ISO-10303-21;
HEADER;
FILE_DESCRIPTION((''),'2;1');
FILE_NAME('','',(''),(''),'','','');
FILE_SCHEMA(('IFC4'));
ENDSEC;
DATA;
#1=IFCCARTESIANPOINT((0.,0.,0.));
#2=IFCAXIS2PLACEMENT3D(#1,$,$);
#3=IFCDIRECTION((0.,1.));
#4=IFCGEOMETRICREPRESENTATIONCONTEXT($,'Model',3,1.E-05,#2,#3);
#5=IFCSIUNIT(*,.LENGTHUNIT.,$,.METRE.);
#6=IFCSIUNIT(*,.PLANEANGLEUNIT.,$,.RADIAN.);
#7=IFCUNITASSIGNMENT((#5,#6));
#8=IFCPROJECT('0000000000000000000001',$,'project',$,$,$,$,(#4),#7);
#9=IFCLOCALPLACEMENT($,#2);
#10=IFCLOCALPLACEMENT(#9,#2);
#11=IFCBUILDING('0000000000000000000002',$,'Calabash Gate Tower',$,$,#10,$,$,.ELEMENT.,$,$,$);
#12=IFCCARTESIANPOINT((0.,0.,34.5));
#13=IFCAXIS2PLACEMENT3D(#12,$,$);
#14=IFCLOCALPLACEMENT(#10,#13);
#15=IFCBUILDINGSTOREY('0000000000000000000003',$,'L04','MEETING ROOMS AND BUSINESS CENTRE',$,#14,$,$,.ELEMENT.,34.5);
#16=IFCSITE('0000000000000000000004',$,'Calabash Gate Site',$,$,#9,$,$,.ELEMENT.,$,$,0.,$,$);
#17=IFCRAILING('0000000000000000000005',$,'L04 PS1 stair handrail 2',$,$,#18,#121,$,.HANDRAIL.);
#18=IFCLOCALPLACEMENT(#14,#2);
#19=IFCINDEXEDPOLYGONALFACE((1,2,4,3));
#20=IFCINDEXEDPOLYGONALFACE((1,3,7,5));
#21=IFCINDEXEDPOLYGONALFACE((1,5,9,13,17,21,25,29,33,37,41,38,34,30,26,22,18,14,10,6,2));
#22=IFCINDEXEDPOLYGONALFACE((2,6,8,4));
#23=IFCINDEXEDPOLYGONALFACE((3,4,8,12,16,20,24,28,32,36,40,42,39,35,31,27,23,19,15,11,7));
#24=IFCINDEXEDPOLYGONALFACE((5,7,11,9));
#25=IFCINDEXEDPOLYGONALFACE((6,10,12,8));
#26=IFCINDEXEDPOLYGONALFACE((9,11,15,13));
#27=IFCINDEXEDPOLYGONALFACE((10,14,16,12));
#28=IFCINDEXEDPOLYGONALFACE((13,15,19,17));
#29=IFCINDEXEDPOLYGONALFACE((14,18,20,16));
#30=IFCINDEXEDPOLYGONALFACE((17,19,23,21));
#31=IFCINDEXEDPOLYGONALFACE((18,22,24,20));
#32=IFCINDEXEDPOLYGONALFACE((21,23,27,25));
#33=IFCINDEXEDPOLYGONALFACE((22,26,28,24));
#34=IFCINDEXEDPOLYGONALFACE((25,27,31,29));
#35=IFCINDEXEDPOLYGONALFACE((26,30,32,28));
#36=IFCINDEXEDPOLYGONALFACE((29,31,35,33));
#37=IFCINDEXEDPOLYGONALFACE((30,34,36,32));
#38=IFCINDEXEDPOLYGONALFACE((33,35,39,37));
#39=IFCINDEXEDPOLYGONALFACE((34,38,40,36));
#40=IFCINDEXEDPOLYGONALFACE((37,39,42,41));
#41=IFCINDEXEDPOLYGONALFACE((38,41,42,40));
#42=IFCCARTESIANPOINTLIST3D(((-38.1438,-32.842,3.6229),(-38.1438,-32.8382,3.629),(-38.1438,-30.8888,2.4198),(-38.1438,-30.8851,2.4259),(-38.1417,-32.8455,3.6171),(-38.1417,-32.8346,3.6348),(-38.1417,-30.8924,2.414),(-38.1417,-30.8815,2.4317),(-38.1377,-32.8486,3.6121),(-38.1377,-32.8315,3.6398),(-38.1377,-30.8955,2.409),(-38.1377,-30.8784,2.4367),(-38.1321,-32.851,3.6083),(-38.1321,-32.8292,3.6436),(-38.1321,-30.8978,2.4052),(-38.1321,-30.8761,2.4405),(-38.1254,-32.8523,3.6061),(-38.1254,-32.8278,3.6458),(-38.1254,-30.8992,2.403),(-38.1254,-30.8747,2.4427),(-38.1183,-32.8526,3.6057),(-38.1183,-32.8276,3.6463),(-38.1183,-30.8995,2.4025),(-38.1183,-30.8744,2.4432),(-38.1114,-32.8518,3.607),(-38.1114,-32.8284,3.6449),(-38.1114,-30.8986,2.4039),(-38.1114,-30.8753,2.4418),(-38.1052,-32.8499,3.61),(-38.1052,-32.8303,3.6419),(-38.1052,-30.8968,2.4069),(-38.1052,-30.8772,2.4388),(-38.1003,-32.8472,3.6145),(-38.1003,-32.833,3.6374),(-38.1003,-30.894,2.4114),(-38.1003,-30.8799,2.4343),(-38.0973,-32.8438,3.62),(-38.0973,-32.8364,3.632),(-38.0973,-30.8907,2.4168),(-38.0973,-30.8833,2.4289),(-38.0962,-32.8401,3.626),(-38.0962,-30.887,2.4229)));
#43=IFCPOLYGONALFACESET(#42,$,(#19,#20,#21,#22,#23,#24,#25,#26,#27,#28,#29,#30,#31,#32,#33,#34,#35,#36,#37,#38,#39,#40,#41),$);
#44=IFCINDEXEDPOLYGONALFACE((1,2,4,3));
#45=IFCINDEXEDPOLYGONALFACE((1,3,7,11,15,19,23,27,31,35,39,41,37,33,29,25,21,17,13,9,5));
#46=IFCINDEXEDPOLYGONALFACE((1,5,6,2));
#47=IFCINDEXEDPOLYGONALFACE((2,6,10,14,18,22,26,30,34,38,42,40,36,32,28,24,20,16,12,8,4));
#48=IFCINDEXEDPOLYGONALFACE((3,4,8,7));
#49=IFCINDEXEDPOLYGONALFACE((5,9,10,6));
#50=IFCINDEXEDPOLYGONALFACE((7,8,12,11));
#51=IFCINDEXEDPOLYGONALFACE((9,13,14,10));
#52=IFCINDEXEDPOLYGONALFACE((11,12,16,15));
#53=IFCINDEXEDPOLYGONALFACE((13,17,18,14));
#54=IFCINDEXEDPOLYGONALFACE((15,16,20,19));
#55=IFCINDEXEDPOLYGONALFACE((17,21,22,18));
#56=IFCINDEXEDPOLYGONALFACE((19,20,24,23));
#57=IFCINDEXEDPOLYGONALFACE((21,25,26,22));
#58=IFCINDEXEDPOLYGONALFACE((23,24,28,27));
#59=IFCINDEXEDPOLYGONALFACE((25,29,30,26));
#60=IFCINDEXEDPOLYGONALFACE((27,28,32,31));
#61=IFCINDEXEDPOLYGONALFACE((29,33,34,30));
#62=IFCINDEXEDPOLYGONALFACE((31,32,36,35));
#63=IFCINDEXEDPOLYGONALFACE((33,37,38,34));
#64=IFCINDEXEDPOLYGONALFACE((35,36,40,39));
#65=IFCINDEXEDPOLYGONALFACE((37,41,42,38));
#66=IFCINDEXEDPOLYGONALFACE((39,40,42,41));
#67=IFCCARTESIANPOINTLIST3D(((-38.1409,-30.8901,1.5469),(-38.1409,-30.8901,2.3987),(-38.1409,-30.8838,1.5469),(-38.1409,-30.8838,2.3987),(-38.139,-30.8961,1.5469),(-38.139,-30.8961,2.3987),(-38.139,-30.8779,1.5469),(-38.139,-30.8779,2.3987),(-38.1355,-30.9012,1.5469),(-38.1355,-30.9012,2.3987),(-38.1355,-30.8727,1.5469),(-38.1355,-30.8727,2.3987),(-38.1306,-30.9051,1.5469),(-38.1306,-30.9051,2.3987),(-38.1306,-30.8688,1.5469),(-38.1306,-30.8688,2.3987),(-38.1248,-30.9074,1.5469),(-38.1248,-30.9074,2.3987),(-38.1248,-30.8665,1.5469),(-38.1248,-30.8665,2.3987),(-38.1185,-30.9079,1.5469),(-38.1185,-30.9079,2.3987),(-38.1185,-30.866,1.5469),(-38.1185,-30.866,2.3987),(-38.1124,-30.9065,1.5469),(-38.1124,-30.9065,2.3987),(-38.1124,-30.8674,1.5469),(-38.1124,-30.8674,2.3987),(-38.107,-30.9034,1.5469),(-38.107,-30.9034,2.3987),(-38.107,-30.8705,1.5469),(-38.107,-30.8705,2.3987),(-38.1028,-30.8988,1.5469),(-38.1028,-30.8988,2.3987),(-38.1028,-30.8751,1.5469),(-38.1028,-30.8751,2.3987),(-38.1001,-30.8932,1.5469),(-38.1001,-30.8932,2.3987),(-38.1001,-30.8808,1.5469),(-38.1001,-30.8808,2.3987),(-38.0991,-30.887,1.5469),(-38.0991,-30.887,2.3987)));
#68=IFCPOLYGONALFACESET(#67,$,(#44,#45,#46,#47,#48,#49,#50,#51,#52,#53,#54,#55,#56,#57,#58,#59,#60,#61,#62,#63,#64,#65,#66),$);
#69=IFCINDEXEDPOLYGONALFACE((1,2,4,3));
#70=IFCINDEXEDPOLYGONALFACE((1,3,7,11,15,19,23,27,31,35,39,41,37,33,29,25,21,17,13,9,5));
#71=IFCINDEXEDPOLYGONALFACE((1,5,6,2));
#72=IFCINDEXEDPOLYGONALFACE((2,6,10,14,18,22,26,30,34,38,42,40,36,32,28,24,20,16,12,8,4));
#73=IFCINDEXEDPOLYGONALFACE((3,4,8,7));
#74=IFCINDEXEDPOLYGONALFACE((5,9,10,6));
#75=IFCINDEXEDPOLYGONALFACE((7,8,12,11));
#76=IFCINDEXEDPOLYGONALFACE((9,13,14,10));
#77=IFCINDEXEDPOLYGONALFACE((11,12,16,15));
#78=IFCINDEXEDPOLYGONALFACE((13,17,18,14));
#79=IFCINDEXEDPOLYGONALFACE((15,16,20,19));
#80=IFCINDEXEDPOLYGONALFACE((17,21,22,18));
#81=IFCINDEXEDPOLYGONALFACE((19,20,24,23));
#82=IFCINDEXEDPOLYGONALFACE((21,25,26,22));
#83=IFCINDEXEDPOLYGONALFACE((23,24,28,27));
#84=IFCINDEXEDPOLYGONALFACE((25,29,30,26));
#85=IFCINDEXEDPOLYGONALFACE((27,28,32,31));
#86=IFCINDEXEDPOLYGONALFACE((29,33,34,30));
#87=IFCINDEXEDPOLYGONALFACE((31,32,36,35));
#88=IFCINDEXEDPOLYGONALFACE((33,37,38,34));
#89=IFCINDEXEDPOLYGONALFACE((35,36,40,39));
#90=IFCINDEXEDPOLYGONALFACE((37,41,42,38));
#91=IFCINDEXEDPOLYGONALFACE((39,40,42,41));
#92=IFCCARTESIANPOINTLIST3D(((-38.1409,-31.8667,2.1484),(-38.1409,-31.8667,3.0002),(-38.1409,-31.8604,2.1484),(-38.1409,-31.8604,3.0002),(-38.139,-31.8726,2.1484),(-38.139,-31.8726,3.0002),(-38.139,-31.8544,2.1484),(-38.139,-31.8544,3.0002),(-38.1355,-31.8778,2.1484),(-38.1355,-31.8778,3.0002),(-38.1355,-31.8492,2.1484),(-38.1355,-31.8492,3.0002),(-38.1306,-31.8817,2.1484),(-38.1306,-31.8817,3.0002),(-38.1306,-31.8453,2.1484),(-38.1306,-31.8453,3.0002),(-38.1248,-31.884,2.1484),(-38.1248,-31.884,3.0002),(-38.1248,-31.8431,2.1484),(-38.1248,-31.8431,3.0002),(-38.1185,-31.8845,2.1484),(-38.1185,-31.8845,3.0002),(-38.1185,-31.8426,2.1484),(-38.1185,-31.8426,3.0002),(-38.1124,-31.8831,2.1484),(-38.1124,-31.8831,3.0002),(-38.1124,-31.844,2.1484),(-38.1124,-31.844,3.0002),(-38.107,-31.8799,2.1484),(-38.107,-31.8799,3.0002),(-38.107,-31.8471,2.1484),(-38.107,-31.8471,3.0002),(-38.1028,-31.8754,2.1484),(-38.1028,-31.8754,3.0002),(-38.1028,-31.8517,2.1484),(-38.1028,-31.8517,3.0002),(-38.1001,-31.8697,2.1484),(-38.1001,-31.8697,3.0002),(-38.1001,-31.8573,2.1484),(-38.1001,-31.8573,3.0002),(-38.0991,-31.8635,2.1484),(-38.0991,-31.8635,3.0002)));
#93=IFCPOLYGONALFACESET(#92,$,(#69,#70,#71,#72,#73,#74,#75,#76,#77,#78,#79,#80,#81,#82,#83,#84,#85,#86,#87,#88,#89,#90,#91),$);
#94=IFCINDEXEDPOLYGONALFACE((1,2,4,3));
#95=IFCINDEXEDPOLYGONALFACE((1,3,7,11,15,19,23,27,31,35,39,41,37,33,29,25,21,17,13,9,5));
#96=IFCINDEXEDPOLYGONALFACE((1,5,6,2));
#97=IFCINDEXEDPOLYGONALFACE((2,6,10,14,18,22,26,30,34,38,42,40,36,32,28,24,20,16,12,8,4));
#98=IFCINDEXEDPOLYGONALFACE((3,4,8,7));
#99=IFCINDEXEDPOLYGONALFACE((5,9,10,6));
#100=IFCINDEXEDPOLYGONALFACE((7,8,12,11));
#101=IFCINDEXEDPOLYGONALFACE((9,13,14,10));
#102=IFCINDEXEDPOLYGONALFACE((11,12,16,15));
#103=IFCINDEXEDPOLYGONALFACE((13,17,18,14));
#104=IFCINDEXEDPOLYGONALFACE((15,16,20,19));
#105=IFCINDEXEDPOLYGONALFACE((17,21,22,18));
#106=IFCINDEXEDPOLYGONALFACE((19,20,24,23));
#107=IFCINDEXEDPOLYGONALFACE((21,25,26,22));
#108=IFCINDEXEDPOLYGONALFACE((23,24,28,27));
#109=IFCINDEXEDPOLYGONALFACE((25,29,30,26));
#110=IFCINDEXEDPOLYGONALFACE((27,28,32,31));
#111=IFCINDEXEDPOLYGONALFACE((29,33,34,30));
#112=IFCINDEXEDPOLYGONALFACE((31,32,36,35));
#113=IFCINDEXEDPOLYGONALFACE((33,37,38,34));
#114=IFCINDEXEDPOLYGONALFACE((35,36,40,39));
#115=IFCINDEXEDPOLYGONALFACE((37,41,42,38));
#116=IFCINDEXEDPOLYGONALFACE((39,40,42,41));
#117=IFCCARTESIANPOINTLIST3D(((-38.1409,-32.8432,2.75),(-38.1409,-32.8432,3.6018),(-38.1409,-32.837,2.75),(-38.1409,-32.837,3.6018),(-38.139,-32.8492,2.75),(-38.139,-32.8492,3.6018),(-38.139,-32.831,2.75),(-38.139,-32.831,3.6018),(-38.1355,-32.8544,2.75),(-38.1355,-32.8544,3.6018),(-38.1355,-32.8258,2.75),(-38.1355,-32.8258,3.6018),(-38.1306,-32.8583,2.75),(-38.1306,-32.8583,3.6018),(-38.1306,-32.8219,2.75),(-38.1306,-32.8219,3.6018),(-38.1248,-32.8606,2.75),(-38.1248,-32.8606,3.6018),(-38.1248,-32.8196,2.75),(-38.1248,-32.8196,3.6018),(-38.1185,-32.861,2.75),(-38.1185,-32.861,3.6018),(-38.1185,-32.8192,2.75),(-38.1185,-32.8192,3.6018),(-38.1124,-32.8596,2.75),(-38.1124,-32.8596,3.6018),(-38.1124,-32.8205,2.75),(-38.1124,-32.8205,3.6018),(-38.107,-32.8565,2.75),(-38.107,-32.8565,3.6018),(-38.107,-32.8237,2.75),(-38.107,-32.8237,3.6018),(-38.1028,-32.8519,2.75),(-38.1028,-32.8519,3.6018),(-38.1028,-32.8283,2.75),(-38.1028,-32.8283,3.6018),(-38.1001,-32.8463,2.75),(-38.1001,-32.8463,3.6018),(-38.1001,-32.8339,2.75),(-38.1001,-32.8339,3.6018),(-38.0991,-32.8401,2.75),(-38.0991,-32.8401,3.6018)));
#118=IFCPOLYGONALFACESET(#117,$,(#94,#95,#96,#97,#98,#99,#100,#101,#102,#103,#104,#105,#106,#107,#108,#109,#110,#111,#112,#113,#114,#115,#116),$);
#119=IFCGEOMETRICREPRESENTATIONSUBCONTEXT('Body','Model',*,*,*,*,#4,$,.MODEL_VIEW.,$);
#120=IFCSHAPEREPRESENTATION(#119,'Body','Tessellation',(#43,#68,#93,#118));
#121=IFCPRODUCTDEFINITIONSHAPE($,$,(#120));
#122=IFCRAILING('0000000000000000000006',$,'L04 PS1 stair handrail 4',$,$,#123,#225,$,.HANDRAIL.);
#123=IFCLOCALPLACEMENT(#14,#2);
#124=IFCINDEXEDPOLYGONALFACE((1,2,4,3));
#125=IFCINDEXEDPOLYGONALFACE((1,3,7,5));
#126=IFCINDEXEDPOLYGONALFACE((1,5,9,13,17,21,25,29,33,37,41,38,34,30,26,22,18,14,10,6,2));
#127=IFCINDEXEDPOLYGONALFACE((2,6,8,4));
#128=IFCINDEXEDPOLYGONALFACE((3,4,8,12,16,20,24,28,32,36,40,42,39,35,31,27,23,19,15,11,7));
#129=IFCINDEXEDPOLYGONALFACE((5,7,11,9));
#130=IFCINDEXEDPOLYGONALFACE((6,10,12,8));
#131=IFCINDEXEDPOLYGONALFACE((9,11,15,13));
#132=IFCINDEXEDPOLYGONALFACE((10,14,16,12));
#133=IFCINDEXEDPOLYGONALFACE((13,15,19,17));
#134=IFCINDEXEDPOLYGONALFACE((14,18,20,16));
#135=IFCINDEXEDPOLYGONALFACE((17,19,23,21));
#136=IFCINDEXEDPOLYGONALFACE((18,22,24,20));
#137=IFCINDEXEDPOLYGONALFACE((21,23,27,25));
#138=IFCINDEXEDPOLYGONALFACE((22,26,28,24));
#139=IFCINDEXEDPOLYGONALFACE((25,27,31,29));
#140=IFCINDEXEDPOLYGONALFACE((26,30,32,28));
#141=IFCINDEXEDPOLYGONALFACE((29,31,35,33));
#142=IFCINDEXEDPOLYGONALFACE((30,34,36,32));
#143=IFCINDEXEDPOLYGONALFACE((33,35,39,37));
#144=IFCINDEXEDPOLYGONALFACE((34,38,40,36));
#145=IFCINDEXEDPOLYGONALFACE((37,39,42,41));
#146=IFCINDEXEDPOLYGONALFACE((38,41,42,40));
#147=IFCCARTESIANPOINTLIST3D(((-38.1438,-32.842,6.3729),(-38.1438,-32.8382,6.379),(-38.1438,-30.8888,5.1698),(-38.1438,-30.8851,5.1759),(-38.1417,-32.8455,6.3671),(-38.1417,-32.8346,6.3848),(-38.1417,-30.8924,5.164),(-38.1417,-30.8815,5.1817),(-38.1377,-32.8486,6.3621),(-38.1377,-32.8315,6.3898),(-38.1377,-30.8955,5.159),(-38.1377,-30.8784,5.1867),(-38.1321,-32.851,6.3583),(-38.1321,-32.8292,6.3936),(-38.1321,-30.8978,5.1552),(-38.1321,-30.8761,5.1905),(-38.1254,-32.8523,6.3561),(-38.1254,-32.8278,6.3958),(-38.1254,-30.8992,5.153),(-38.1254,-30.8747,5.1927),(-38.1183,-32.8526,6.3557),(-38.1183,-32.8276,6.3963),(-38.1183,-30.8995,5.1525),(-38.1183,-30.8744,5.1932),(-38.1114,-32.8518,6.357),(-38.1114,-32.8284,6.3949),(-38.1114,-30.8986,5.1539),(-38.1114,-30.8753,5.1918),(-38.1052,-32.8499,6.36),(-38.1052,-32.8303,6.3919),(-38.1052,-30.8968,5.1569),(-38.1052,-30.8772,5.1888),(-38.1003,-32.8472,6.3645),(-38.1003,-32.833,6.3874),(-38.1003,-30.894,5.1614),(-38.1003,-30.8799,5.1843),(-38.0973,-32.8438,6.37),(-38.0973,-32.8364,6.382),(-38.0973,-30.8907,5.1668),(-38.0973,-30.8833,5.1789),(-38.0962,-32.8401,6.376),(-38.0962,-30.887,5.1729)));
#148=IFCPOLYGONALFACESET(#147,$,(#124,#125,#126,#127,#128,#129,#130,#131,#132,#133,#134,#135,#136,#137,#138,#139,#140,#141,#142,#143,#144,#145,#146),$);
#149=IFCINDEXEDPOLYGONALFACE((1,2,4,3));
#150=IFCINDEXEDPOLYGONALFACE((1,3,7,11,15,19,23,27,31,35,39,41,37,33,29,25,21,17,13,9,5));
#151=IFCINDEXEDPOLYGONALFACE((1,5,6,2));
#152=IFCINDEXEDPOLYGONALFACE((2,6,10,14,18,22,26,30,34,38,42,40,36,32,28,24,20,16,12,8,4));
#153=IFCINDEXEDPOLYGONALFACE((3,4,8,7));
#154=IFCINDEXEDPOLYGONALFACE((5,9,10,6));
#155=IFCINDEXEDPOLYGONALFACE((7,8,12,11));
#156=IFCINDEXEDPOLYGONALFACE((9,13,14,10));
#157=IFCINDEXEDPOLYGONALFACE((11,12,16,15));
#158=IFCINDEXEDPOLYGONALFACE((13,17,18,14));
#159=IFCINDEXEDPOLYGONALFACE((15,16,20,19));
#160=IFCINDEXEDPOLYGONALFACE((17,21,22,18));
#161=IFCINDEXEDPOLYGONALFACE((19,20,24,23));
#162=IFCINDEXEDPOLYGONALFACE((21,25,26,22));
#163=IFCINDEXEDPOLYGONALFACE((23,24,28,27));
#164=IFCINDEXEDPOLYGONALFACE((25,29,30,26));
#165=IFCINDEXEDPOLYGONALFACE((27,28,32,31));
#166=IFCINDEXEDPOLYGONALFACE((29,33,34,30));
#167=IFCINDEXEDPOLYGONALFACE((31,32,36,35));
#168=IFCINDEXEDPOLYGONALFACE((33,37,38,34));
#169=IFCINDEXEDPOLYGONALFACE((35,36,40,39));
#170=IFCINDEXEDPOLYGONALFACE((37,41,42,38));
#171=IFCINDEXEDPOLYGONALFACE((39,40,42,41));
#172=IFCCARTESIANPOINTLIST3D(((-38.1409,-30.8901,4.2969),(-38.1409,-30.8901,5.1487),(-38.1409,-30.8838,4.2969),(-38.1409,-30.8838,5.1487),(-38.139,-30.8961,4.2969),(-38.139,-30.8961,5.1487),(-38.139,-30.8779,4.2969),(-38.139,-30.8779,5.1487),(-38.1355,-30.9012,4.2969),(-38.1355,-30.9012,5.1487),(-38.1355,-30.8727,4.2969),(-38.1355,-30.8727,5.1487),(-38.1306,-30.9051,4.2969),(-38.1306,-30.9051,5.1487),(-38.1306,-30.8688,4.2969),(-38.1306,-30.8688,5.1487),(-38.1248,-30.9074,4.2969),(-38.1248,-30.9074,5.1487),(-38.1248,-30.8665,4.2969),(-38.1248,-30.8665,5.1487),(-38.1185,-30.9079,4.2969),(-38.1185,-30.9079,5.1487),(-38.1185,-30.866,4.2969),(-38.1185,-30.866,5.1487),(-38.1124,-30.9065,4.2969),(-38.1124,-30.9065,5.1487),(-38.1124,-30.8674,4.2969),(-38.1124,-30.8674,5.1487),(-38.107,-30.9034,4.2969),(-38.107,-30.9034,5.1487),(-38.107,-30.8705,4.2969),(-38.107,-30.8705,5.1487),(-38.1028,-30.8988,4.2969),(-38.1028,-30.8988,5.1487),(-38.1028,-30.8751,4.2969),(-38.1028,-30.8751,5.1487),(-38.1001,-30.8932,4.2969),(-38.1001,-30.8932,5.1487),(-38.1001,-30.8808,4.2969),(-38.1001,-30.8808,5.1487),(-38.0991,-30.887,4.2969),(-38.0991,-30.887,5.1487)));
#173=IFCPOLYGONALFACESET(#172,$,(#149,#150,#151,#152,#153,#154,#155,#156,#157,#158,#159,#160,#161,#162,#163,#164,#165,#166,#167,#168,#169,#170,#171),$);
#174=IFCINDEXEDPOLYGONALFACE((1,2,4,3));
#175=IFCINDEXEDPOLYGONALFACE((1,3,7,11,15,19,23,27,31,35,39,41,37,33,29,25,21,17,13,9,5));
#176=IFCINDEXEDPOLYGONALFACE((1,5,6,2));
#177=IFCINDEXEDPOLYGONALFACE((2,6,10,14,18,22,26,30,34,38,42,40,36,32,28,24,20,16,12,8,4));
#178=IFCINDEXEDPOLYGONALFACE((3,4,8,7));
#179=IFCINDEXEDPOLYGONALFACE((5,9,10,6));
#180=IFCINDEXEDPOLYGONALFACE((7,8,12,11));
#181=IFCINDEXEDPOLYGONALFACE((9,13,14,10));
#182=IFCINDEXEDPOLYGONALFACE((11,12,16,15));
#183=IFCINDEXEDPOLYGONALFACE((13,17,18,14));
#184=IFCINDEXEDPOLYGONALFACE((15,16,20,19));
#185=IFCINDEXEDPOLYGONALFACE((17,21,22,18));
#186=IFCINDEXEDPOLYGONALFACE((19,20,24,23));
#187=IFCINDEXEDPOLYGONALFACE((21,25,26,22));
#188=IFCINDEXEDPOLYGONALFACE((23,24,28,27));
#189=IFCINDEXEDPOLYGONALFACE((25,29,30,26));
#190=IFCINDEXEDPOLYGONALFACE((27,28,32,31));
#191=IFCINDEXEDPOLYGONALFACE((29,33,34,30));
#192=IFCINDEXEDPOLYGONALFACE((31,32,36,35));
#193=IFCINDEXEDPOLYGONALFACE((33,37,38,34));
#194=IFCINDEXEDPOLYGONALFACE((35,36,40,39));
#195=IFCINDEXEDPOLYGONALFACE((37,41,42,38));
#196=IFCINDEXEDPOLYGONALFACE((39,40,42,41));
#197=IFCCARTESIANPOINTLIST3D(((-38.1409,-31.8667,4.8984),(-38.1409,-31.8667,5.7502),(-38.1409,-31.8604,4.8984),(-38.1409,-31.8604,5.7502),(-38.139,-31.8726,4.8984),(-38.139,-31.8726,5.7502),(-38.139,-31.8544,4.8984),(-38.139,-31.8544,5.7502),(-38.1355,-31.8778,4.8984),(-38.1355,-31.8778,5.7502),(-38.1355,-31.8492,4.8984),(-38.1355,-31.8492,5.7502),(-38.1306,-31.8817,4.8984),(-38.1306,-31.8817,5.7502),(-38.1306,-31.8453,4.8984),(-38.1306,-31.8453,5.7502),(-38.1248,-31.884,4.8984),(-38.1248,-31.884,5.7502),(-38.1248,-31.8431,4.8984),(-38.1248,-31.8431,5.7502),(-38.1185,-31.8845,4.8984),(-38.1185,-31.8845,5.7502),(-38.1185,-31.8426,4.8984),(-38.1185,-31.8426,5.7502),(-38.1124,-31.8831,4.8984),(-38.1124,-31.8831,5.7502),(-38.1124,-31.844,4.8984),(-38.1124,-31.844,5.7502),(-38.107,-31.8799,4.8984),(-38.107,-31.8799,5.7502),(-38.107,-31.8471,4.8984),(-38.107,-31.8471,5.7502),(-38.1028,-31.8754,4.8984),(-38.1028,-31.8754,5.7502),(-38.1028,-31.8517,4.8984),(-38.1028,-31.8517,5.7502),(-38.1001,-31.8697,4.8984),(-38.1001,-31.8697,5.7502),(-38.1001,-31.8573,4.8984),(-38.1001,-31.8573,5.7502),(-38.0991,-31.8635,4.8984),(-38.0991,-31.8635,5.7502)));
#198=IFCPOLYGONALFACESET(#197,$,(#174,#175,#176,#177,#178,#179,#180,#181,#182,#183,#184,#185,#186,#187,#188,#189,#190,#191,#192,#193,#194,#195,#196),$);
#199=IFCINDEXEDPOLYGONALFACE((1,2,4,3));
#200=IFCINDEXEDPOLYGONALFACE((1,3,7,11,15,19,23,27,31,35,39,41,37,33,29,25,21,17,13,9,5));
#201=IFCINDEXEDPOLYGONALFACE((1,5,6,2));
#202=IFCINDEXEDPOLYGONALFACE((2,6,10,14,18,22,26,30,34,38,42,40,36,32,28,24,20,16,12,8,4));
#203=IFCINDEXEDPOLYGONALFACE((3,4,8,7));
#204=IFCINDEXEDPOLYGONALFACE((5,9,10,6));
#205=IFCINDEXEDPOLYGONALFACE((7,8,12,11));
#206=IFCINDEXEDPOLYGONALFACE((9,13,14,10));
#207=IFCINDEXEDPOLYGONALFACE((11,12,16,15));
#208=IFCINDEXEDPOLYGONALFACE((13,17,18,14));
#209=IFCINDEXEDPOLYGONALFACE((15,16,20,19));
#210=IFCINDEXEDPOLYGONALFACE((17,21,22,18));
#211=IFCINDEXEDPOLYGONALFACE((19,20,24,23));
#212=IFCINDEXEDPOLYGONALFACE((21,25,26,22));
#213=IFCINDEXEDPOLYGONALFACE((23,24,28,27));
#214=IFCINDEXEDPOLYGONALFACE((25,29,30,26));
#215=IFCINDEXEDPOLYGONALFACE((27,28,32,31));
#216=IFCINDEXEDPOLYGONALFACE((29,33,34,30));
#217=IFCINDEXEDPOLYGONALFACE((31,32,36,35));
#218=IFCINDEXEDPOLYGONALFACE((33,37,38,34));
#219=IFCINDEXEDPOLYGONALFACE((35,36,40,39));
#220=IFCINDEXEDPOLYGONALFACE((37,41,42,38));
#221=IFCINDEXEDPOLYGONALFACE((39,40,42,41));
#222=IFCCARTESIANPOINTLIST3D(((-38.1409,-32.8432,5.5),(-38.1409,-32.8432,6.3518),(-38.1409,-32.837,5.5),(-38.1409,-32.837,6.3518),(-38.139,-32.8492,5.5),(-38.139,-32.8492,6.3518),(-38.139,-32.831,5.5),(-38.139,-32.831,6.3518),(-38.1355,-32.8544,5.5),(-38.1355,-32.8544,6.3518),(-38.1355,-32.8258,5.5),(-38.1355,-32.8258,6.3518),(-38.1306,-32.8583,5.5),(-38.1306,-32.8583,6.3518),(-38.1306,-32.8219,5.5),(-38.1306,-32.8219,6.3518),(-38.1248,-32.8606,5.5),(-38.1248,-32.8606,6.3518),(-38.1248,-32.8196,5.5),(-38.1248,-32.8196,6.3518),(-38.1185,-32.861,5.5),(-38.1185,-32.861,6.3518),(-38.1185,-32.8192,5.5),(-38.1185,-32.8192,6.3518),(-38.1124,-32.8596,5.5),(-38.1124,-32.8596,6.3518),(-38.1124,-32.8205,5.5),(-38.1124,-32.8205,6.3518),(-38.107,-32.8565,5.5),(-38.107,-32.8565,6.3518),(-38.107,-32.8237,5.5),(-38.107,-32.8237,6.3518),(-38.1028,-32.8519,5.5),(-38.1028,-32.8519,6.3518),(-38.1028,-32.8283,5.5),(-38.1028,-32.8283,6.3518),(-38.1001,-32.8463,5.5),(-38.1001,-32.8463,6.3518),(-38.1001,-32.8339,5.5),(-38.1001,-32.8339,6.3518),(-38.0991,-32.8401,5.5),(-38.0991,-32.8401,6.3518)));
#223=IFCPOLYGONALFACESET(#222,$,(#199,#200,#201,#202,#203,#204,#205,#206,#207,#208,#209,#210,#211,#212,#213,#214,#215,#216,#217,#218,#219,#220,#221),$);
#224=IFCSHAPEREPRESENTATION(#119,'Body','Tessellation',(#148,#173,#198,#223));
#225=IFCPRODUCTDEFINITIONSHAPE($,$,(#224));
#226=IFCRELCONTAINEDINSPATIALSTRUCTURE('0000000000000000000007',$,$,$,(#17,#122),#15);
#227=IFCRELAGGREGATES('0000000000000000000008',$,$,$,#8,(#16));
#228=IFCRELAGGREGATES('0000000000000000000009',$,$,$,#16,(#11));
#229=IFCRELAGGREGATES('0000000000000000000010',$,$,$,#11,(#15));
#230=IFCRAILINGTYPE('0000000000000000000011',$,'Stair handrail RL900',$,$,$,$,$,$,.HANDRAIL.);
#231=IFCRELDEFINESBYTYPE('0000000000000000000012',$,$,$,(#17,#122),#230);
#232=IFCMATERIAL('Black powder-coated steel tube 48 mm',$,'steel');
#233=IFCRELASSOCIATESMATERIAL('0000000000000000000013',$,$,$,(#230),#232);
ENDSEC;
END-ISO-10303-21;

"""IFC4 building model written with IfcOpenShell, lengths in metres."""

from ifc_helpers import new_model, si_unit, direction, frame, origin, origin_2d, place, context, subcontext, project, spatial, circle, extrude, material, type_object, element, save


model = new_model("IFC4")

# Units and contexts
model_context = context("Model", 3, precision=1e-05, world=origin(), true_north=direction((0.0, 1.0)))
body_context = subcontext(model_context, "Body", "Model", "MODEL_VIEW")
ifc_project = project(units=[si_unit("LENGTHUNIT", "METRE"), si_unit("PLANEANGLEUNIT", "RADIAN")], contexts=[model_context])

# Site, building, storey
site_placement = place(None, origin())
site = spatial("IfcSite", under=ifc_project, at=site_placement, Name="Calabash Gate Site", CompositionType="ELEMENT", RefElevation=0.0)
building_placement = place(site_placement, origin())
building = spatial("IfcBuilding", under=site, at=building_placement, Name="Calabash Gate Tower", CompositionType="ELEMENT")
storey_placement = place(building_placement, frame((0.0, 0.0, 34.5)))
storey = spatial("IfcBuildingStorey", under=building, at=storey_placement, Name="L04", Description="MEETING ROOMS AND BUSINESS CENTRE", CompositionType="ELEMENT", Elevation=34.5)

# Railings
ifc_material_1 = material(Name="Black powder-coated steel tube 48 mm", Category="steel")
railing_type_1 = type_object("IfcRailingType", Name="Stair handrail RL900", PredefinedType="HANDRAIL", material=ifc_material_1)
for number, where, name in (
    (1, (-38.1201, -30.887, 1.5469), "L04 PS1 stair handrail 2"),
    (2, (-38.1201, -30.887, 4.2969), "L04 PS1 stair handrail 4"),
):
    element("IfcRailing", number, at=place(storey_placement, frame(where)), inside=storey, type_object=railing_type_1, Name=name, PredefinedType="HANDRAIL", context=body_context, shape_type="SweptSolid", body=[
        extrude(circle(Radius=0.0239, at=origin_2d()), frame((0.0, 0.0, 0.876), z_axis=(0.0, -0.851424, 0.524477), x_axis=(1.0, 0.0, 0.0)), (0.0, 0.0, 1.0), 2.2939),
        extrude(circle(Radius=0.021, at=origin_2d()), origin(), (0.0, 0.0, 1.0), 0.8518),
        extrude(circle(Radius=0.021, at=origin_2d()), frame((0.0, -0.9766, 0.6016)), (0.0, 0.0, 1.0), 0.8518),
        extrude(circle(Radius=0.021, at=origin_2d()), frame((0.0, -1.9531, 1.2031)), (0.0, 0.0, 1.0), 0.8518),
    ])

save(model, "model.ifc")
